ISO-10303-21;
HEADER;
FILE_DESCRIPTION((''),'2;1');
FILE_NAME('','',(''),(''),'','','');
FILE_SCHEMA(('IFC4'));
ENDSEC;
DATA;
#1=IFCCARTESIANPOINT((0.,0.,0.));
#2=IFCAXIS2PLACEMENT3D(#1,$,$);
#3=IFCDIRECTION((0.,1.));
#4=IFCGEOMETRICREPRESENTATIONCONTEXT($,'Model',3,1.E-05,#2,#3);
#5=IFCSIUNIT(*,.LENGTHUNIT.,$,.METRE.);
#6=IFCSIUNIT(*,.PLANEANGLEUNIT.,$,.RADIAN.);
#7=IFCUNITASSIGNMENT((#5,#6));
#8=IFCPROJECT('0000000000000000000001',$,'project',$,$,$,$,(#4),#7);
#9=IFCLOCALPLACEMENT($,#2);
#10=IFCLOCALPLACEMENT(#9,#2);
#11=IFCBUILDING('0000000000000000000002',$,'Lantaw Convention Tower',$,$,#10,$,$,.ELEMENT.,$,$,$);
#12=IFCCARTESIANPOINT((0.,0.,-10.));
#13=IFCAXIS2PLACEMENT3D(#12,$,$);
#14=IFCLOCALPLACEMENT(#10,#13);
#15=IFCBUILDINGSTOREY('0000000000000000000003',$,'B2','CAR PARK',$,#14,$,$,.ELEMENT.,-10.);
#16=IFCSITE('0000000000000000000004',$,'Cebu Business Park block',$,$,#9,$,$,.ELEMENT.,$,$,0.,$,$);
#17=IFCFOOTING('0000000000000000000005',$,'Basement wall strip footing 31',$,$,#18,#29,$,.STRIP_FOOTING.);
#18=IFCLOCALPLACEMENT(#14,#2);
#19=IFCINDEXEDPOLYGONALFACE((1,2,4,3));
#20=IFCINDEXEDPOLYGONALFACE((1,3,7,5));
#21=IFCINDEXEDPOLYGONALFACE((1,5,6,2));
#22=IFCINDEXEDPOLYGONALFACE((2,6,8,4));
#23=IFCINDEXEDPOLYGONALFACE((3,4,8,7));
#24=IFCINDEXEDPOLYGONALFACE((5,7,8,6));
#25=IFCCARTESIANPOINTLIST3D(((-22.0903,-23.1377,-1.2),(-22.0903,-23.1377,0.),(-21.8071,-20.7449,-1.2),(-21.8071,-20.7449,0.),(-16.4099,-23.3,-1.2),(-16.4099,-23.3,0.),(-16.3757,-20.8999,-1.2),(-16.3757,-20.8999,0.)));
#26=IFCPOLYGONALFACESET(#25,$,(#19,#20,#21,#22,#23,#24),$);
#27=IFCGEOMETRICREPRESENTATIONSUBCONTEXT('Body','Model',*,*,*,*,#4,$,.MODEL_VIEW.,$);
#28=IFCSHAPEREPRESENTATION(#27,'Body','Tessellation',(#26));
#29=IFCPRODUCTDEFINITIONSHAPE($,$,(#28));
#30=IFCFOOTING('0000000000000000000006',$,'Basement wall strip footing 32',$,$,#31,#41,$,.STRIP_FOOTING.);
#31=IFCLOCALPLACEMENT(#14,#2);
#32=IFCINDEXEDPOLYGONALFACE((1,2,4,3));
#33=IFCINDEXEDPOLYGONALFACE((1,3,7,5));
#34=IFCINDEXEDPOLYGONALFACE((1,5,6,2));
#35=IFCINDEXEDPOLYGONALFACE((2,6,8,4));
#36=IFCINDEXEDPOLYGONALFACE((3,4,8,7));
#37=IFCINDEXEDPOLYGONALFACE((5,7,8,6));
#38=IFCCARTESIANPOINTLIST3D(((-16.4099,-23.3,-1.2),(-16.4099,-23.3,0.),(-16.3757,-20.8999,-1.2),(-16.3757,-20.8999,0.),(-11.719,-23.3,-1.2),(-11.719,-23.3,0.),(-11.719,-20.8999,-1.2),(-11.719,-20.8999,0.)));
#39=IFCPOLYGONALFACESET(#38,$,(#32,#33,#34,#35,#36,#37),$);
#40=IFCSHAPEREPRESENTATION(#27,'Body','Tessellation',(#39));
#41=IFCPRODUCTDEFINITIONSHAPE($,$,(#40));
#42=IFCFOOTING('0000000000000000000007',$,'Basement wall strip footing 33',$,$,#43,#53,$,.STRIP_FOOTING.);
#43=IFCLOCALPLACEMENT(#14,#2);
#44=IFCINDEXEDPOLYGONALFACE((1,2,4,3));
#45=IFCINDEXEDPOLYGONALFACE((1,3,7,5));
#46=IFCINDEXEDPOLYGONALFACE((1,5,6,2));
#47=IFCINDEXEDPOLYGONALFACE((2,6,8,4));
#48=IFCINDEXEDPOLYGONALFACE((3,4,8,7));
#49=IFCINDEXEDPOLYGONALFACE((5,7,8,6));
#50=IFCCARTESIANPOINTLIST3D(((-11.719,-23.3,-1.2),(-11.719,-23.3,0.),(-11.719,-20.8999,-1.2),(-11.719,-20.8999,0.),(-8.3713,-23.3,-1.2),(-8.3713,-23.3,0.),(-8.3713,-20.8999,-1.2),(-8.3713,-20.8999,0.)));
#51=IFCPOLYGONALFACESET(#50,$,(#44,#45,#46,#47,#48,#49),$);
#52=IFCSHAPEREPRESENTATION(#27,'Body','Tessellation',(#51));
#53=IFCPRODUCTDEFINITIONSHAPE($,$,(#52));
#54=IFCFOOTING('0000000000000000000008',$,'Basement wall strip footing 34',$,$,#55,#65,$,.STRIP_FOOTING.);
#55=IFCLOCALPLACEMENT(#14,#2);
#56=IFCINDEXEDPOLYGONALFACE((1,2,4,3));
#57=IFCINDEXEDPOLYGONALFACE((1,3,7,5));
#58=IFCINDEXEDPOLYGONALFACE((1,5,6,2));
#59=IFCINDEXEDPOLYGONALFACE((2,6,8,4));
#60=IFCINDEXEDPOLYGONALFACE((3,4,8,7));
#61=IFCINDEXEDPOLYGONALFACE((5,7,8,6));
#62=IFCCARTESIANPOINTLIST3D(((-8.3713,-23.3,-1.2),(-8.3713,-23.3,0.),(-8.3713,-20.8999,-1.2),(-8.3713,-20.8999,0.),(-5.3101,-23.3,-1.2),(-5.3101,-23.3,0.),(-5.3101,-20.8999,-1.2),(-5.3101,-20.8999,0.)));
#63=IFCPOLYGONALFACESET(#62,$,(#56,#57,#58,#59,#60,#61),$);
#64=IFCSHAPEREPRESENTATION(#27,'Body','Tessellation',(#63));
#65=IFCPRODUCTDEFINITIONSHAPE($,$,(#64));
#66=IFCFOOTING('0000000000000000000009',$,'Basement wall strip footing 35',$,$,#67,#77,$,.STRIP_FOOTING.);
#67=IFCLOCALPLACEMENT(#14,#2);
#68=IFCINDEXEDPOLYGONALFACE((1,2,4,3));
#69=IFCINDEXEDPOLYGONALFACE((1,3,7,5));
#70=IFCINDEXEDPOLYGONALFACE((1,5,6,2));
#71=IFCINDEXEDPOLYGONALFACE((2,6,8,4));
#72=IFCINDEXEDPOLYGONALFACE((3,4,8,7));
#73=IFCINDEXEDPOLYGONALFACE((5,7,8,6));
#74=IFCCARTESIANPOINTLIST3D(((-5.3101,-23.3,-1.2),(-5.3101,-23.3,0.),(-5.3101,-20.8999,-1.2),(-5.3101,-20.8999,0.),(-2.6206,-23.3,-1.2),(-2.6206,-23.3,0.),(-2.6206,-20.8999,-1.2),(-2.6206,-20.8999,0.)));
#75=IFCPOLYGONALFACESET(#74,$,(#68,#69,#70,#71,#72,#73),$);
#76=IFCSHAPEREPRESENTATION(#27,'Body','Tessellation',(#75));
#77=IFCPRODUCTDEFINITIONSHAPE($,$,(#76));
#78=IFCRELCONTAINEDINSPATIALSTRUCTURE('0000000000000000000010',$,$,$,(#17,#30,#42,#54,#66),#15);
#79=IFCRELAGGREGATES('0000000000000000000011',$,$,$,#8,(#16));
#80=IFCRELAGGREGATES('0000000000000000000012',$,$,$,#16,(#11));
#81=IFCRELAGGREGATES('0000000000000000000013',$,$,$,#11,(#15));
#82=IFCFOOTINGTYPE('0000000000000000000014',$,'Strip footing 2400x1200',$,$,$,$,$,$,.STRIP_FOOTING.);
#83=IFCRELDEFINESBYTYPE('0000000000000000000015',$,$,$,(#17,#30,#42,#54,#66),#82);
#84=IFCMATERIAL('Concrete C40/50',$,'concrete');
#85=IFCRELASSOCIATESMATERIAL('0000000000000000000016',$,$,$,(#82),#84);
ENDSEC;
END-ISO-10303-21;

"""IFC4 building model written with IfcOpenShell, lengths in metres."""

from ifc_helpers import new_model, si_unit, direction, frame, origin, place, context, subcontext, project, spatial, polyline, outline, extrude, material, type_object, element, save


model = new_model("IFC4")

# Units and contexts
model_context = context("Model", 3, precision=1e-05, world=origin(), true_north=direction((0.0, 1.0)))
body_context = subcontext(model_context, "Body", "Model", "MODEL_VIEW")
ifc_project = project(units=[si_unit("LENGTHUNIT", "METRE"), si_unit("PLANEANGLEUNIT", "RADIAN")], contexts=[model_context])

# Site, building, storey
site_placement = place(None, origin())
site = spatial("IfcSite", under=ifc_project, at=site_placement, Name="Cebu Business Park block", CompositionType="ELEMENT", RefElevation=0.0)
building_placement = place(site_placement, origin())
building = spatial("IfcBuilding", under=site, at=building_placement, Name="Lantaw Convention Tower", CompositionType="ELEMENT")
storey_placement = place(building_placement, frame((0.0, 0.0, -10.0)))
storey = spatial("IfcBuildingStorey", under=building, at=storey_placement, Name="B2", Description="CAR PARK", CompositionType="ELEMENT", Elevation=-10.0)

# Footings
ifc_material = material(Name="Concrete C40/50", Category="concrete")
footing_type = type_object("IfcFootingType", Name="Strip footing 2400x1200", PredefinedType="STRIP_FOOTING", material=ifc_material)
footing_1_placement = place(storey_placement, frame((0.0, 0.0, -1.2)))
element("IfcFooting", 1, at=footing_1_placement, inside=storey, type_object=footing_type, Name="Basement wall strip footing 31", PredefinedType="STRIP_FOOTING", context=body_context, shape_type="SweptSolid", body=[
    extrude(outline(polyline([(-22.0903, -23.1377), (-16.4099, -23.3), (-16.3757, -20.8999), (-21.8071, -20.7449), (-22.0903, -23.1377)])), origin(), (0.0, 0.0, 1.0), 1.2),
])
footing_2_placement = place(storey_placement, frame((0.0, 0.0, -1.2)))
element("IfcFooting", 2, at=footing_2_placement, inside=storey, type_object=footing_type, Name="Basement wall strip footing 32", PredefinedType="STRIP_FOOTING", context=body_context, shape_type="SweptSolid", body=[
    extrude(outline(polyline([(-16.4099, -23.3), (-11.719, -23.3), (-11.719, -20.8999), (-16.3757, -20.8999), (-16.4099, -23.3)])), origin(), (0.0, 0.0, 1.0), 1.2),
])
footing_3_placement = place(storey_placement, frame((0.0, 0.0, -1.2)))
element("IfcFooting", 3, at=footing_3_placement, inside=storey, type_object=footing_type, Name="Basement wall strip footing 33", PredefinedType="STRIP_FOOTING", context=body_context, shape_type="SweptSolid", body=[
    extrude(outline(polyline([(-11.719, -23.3), (-8.3713, -23.3), (-8.3713, -20.8999), (-11.719, -20.8999), (-11.719, -23.3)])), origin(), (0.0, 0.0, 1.0), 1.2),
])
footing_4_placement = place(storey_placement, frame((0.0, 0.0, -1.2)))
element("IfcFooting", 4, at=footing_4_placement, inside=storey, type_object=footing_type, Name="Basement wall strip footing 34", PredefinedType="STRIP_FOOTING", context=body_context, shape_type="SweptSolid", body=[
    extrude(outline(polyline([(-8.3713, -23.3), (-5.3101, -23.3), (-5.3101, -20.8999), (-8.3713, -20.8999), (-8.3713, -23.3)])), origin(), (0.0, 0.0, 1.0), 1.2),
])
footing_5_placement = place(storey_placement, frame((0.0, 0.0, -1.2)))
element("IfcFooting", 5, at=footing_5_placement, inside=storey, type_object=footing_type, Name="Basement wall strip footing 35", PredefinedType="STRIP_FOOTING", context=body_context, shape_type="SweptSolid", body=[
    extrude(outline(polyline([(-5.3101, -23.3), (-2.6206, -23.3), (-2.6206, -20.8999), (-5.3101, -20.8999), (-5.3101, -23.3)])), origin(), (0.0, 0.0, 1.0), 1.2),
])

save(model, "model.ifc")
